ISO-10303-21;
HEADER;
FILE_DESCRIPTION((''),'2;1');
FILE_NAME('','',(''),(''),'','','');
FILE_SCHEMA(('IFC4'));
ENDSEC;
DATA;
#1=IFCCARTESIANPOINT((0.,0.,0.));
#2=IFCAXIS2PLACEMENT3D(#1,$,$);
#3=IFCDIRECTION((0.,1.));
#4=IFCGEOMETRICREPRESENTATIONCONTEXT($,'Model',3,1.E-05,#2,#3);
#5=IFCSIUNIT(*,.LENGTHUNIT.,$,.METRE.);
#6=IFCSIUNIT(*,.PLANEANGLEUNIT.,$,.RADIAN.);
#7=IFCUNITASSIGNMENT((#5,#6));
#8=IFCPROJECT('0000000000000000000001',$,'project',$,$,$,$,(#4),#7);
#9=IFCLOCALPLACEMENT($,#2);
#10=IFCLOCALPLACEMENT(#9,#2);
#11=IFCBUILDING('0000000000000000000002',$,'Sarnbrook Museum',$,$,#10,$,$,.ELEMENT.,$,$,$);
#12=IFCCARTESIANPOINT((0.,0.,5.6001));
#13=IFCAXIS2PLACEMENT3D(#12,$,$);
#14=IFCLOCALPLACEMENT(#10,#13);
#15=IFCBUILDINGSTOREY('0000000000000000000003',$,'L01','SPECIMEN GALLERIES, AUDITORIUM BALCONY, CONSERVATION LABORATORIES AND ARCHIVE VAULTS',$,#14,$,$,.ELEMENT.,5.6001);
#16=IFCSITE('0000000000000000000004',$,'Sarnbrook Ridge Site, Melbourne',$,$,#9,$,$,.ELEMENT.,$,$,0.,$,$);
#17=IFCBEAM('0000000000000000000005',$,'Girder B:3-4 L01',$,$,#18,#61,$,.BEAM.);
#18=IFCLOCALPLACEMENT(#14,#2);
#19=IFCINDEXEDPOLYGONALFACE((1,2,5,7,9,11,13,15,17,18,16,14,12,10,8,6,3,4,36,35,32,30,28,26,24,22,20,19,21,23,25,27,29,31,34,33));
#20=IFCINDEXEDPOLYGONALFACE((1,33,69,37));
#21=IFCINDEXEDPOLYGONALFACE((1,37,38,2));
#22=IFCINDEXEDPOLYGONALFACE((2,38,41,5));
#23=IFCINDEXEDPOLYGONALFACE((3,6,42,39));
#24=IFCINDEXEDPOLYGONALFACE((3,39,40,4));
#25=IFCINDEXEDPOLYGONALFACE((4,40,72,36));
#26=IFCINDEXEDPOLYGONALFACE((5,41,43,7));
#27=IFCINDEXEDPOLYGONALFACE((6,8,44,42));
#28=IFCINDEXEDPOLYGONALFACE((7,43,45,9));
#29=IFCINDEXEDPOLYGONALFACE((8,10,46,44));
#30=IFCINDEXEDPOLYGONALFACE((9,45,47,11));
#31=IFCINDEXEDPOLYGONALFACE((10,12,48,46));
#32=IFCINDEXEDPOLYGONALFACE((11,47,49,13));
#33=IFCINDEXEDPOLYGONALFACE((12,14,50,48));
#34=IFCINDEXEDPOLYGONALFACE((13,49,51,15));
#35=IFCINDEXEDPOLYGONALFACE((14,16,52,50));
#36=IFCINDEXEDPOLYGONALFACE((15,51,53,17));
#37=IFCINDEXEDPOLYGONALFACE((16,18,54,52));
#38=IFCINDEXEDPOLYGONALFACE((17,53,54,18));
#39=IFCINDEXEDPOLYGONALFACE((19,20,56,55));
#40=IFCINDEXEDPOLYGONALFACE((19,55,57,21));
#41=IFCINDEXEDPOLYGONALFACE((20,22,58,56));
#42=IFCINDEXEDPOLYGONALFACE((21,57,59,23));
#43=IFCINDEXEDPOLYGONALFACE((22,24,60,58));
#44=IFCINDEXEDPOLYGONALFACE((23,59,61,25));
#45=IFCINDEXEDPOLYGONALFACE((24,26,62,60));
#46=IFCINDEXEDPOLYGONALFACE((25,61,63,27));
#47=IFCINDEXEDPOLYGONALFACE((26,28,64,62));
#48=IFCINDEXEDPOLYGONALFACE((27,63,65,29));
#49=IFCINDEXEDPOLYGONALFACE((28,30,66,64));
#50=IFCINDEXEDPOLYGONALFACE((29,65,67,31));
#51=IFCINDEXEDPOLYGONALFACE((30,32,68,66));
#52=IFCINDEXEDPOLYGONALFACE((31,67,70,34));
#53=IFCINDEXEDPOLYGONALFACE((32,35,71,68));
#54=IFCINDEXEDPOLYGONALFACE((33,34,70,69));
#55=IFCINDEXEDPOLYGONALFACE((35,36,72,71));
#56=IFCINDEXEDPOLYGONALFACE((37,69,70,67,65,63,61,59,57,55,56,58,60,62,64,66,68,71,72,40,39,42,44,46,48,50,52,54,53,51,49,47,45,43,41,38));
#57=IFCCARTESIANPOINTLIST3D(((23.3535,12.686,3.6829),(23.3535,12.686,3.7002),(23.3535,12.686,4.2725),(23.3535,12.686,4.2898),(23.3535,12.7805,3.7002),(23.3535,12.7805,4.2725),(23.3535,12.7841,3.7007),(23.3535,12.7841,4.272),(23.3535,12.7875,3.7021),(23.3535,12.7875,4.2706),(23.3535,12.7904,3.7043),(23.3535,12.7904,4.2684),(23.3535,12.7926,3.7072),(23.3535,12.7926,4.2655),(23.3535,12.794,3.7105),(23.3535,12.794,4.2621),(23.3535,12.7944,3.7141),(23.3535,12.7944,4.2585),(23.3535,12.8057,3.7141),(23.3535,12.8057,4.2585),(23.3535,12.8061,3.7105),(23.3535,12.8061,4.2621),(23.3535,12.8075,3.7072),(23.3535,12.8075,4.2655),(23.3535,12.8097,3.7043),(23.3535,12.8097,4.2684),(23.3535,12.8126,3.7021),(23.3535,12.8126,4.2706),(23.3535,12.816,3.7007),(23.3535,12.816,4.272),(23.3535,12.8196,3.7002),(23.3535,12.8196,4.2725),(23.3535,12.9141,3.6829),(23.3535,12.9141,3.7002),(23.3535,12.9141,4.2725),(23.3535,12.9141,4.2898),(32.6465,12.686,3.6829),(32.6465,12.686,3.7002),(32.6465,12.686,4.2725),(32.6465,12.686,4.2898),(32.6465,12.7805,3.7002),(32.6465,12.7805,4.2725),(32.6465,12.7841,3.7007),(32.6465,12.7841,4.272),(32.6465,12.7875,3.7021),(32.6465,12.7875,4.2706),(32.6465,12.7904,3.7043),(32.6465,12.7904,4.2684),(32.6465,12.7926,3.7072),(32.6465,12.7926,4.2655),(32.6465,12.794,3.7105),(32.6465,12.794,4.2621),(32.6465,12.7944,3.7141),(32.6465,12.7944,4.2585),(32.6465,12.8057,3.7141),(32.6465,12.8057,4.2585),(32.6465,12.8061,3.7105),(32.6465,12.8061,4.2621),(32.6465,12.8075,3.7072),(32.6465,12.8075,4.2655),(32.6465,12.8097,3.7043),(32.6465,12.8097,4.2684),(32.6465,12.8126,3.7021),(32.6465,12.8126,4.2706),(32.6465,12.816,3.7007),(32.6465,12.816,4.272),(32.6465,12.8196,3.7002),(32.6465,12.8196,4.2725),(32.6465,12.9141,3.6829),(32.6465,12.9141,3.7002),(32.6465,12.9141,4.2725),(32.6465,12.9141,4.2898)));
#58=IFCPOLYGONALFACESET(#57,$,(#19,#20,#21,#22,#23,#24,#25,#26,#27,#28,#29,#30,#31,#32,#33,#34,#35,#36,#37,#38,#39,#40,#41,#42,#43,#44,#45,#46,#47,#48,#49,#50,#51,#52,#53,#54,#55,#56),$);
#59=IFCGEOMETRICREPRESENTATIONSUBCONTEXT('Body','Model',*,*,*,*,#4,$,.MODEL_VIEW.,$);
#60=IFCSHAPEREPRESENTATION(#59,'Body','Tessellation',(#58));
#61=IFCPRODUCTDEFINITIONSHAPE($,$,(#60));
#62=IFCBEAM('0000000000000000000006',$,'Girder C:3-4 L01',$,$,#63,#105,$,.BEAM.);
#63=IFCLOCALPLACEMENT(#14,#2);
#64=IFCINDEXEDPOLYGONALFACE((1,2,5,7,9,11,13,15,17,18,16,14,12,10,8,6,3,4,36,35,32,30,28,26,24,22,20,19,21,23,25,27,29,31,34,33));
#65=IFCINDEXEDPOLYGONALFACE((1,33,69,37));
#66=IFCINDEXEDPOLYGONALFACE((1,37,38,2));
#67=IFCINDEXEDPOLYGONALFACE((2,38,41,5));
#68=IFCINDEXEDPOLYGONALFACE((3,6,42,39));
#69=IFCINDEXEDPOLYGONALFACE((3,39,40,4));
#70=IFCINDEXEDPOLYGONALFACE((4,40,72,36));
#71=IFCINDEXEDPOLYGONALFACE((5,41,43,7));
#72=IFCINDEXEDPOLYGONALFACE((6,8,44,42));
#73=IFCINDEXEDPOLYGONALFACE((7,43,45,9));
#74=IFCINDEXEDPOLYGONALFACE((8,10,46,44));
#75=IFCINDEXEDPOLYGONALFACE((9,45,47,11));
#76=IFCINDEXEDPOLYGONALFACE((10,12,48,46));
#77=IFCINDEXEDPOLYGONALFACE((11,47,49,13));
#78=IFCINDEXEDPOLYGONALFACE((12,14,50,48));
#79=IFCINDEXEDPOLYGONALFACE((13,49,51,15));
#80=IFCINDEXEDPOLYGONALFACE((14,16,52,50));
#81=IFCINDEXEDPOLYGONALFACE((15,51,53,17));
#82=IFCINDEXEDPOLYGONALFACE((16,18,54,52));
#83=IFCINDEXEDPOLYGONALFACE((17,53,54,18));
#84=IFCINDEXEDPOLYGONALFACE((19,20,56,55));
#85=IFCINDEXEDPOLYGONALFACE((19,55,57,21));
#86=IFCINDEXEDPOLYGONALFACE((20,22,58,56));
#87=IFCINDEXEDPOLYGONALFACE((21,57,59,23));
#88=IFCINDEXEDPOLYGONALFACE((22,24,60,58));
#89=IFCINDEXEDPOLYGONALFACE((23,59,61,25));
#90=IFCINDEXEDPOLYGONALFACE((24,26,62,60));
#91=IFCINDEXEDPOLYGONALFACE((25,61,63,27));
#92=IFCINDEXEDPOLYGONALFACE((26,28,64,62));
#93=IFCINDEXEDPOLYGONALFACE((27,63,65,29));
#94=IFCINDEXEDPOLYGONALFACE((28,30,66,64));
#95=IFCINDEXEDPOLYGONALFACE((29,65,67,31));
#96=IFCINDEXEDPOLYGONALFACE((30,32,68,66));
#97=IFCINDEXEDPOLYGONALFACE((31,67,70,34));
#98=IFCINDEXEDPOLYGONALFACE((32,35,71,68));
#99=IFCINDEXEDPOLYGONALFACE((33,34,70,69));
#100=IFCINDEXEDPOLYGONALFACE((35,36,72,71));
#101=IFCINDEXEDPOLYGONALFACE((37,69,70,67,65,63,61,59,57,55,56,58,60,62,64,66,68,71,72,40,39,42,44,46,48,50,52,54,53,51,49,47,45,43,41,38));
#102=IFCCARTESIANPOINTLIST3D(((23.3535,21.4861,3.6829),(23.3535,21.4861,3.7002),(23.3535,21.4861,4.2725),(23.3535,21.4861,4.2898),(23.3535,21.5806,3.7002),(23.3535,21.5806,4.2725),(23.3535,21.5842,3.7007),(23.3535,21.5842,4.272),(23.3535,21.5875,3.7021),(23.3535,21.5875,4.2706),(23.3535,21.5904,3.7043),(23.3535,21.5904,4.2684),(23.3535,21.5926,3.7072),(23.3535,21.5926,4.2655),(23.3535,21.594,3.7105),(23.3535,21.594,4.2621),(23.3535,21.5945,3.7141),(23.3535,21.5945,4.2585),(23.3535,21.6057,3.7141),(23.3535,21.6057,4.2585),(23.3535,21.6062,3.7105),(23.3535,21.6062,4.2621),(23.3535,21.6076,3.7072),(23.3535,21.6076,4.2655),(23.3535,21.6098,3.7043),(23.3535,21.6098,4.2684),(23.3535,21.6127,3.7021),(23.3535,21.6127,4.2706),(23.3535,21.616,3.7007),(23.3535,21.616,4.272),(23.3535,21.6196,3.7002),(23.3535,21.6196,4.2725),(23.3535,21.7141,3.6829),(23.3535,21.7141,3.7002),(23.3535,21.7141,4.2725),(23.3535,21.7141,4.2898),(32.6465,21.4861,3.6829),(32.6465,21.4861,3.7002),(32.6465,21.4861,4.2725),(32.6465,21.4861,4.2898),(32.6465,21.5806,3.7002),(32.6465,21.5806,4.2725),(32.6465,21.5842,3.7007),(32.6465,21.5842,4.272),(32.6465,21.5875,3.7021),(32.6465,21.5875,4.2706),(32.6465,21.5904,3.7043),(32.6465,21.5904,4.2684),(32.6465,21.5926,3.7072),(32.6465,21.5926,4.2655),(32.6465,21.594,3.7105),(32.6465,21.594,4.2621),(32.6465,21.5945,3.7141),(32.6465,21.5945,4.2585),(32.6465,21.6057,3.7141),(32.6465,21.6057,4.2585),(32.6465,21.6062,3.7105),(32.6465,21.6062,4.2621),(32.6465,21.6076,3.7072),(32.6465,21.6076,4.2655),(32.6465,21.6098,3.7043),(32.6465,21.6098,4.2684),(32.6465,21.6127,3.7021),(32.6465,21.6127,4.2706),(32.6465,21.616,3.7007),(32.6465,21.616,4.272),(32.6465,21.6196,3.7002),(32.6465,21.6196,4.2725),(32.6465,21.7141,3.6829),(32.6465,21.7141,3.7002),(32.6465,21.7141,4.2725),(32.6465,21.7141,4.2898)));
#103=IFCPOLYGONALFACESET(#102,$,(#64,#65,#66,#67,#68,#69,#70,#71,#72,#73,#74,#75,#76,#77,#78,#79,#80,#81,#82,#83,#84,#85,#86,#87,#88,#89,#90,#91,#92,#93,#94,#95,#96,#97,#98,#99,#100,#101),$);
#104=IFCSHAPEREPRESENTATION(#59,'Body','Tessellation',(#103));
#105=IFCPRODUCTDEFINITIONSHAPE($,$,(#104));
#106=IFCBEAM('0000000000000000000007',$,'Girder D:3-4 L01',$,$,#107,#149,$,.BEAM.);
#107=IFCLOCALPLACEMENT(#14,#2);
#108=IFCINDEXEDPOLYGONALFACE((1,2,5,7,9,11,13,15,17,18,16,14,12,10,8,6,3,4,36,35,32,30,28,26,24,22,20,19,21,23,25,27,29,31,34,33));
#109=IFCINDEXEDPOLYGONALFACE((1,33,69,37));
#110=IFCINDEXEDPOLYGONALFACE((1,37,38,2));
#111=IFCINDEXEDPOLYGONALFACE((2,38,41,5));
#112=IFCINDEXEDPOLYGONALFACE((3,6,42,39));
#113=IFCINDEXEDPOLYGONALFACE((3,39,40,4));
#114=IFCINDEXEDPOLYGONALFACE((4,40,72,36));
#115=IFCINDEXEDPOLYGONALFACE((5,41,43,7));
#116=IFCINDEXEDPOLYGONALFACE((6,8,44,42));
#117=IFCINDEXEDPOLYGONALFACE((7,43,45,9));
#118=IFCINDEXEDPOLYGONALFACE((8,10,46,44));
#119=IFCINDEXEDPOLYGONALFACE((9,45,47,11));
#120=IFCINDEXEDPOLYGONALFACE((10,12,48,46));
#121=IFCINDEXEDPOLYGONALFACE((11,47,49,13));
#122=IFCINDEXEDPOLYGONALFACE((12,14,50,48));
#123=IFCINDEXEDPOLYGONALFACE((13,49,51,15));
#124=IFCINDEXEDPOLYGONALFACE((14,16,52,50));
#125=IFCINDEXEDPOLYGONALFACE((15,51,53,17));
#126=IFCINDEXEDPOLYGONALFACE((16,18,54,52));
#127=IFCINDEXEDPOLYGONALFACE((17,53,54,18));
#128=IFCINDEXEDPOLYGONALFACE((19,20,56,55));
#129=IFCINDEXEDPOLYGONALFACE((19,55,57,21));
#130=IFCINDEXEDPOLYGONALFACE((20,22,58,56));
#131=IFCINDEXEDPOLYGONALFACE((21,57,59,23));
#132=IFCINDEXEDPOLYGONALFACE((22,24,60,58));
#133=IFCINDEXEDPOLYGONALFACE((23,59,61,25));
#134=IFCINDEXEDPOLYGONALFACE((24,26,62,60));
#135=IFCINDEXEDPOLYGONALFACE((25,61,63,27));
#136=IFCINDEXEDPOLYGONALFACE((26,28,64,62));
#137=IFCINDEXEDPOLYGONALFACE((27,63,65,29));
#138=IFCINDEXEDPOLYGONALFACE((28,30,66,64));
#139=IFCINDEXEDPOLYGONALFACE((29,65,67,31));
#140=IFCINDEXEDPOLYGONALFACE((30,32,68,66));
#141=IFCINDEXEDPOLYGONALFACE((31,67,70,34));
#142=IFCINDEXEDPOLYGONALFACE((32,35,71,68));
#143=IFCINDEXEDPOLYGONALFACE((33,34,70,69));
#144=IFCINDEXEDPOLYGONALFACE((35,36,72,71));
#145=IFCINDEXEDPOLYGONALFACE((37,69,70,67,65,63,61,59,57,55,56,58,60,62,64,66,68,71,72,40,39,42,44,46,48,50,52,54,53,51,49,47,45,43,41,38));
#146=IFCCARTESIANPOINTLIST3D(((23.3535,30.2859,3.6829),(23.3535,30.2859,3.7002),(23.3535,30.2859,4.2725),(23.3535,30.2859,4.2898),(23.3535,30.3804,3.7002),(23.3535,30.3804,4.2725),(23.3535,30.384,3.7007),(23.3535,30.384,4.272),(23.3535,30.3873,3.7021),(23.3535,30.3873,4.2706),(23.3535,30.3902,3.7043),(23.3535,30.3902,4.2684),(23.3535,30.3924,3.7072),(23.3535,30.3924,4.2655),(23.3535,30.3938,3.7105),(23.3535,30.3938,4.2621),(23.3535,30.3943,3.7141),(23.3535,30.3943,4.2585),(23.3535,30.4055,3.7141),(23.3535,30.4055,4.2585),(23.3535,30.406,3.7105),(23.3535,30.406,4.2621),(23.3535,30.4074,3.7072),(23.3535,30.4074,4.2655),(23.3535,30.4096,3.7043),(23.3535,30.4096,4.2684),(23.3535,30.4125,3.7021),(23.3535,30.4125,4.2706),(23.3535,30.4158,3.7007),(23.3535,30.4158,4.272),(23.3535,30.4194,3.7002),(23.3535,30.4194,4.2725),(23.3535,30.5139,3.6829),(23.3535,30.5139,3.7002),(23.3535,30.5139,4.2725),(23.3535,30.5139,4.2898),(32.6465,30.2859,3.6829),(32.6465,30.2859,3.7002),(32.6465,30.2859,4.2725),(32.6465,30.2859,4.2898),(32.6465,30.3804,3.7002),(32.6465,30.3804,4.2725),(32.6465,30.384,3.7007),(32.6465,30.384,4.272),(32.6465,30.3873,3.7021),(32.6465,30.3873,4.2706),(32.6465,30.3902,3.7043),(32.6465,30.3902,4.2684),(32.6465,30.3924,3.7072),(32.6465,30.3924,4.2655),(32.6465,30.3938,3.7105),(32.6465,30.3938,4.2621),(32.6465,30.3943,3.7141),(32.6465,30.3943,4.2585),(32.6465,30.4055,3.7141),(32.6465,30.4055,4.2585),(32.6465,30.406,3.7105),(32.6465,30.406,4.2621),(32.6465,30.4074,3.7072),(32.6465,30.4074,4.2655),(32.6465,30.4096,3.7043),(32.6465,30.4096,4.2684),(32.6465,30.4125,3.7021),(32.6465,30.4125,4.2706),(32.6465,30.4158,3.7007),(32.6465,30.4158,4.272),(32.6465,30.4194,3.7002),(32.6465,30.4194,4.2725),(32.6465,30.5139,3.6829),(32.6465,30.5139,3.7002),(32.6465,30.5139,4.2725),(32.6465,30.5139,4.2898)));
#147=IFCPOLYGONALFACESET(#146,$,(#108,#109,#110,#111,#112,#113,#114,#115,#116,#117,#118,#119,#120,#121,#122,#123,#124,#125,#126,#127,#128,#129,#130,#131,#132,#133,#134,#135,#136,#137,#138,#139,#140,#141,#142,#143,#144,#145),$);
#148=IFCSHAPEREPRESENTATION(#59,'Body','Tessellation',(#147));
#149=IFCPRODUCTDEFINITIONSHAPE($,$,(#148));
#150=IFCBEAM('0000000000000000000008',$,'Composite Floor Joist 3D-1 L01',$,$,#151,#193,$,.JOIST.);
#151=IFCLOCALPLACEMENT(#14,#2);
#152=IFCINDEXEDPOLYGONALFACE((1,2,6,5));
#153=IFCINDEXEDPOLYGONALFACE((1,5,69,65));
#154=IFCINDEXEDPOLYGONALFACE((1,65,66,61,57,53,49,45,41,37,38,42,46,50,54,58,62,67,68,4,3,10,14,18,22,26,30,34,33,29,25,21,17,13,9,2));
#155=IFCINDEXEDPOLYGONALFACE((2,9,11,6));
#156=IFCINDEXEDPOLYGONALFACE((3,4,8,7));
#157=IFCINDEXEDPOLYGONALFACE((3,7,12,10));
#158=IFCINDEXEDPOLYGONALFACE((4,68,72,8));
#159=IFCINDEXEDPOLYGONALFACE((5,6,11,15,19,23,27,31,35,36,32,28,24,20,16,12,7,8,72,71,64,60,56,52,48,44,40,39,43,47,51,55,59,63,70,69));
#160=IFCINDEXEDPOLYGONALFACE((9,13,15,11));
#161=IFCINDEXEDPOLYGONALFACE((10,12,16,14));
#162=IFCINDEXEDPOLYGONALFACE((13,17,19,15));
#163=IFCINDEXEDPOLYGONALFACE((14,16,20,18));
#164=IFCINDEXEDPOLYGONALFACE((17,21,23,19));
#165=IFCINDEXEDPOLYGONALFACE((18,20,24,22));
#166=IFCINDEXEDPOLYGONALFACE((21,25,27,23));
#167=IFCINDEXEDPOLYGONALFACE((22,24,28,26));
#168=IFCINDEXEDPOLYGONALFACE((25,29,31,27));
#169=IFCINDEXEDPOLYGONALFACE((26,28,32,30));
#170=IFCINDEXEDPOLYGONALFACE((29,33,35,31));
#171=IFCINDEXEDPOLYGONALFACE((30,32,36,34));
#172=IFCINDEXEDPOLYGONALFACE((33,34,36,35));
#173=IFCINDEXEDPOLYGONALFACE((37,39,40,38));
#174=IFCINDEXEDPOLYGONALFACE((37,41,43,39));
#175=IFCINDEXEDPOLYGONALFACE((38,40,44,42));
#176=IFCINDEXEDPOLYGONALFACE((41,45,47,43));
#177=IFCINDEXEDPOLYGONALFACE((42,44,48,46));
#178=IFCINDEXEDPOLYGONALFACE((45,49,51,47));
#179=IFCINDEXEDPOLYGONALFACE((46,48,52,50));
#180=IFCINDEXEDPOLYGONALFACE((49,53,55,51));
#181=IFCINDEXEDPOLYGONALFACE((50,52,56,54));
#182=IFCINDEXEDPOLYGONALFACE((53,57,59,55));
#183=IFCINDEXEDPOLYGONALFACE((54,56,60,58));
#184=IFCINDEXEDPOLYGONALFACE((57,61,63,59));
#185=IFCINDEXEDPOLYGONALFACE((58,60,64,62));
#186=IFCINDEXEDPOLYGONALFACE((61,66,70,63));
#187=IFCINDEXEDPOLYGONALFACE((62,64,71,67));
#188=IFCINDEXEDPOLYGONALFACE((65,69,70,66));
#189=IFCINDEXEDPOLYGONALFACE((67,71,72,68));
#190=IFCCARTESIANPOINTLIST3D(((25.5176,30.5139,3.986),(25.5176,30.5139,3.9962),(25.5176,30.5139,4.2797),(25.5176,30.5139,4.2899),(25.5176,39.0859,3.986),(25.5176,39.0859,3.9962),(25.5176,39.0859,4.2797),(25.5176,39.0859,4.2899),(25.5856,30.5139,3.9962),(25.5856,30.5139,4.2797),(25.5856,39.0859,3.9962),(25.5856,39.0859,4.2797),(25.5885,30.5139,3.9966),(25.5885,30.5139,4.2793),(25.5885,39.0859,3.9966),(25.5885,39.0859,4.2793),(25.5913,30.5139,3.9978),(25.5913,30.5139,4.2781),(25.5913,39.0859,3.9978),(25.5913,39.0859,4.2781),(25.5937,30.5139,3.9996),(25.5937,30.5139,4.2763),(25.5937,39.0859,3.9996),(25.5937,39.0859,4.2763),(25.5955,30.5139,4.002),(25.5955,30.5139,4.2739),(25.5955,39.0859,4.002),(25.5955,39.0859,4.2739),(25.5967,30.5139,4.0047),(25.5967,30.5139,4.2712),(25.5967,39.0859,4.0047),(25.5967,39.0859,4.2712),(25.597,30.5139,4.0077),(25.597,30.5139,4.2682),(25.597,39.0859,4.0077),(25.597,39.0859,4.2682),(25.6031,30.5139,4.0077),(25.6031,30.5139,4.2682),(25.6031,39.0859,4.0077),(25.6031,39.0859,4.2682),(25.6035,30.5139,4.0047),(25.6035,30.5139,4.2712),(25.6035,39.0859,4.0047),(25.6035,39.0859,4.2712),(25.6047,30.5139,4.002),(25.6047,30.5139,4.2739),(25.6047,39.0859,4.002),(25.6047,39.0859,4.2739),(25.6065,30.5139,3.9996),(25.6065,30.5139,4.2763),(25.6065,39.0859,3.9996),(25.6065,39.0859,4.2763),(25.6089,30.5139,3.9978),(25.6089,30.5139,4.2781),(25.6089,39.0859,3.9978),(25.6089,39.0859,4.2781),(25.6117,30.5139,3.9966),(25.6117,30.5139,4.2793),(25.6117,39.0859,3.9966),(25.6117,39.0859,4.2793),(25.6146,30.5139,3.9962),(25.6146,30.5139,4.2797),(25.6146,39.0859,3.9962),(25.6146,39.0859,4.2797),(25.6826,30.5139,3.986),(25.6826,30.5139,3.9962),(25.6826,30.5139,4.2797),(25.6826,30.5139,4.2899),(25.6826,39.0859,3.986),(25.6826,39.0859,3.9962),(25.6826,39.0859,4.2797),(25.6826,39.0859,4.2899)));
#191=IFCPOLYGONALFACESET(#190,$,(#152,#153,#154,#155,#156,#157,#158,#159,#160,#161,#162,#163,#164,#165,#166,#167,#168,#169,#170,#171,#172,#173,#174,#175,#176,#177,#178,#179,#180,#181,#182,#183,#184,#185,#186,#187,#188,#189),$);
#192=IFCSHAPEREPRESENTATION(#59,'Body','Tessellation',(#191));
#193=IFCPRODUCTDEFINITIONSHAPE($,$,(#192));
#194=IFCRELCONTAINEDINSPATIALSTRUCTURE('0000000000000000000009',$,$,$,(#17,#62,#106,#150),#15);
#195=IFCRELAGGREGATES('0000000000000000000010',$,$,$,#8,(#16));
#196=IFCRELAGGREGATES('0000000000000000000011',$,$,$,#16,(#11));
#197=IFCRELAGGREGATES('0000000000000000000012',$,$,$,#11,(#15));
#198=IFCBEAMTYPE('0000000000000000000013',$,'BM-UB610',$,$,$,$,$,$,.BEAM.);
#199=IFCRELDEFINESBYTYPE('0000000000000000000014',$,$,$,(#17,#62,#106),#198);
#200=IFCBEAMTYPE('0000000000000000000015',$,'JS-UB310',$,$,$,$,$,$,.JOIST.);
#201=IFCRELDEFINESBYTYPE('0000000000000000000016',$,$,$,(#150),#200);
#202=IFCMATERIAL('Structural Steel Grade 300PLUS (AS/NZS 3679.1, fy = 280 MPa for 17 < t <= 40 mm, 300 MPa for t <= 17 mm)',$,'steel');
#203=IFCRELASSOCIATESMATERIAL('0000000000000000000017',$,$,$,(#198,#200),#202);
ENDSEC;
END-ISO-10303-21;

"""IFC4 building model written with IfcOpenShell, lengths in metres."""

from ifc_helpers import new_model, si_unit, direction, frame, origin, origin_2d, place, context, subcontext, project, spatial, i_section, extrude, material, material_profile, profile_set, type_object, element, save


model = new_model("IFC4")

# Units and contexts
model_context = context("Model", 3, precision=1e-05, world=origin(), true_north=direction((0.0, 1.0)))
body_context = subcontext(model_context, "Body", "Model", "MODEL_VIEW")
ifc_project = project(units=[si_unit("LENGTHUNIT", "METRE"), si_unit("PLANEANGLEUNIT", "RADIAN")], contexts=[model_context])

# Site, building, storey
site_placement = place(None, origin())
site = spatial("IfcSite", under=ifc_project, at=site_placement, Name="Sarnbrook Ridge Site, Melbourne", CompositionType="ELEMENT", RefElevation=0.0)
building_placement = place(site_placement, origin())
building = spatial("IfcBuilding", under=site, at=building_placement, Name="Sarnbrook Museum", CompositionType="ELEMENT")
storey_placement = place(building_placement, frame((0.0, 0.0, 5.6001)))
storey = spatial("IfcBuildingStorey", under=building, at=storey_placement, Name="L01", Description="SPECIMEN GALLERIES, AUDITORIUM BALCONY, CONSERVATION LABORATORIES AND ARCHIVE VAULTS", CompositionType="ELEMENT", Elevation=5.6001)

# Shared definitions
ifc_material_1 = material(Name="Structural Steel Grade 300PLUS (AS/NZS 3679.1, fy = 280 MPa for 17 < t <= 40 mm, 300 MPa for t <= 17 mm)", Category="steel")

# Beams
ifc_material_profile_1 = material_profile(ifc_material_1, i_section(OverallWidth=0.228, OverallDepth=0.6069, WebThickness=0.0112, FlangeThickness=0.0173, FilletRadius=0.0139, at=origin_2d()), Name="610UB113")
ifc_profile_set_1 = profile_set([ifc_material_profile_1], Name="Structural Steel Grade 300PLUS (AS/NZS 3679.1, fy = 280 MPa for 17 < t <= 40 mm, 300 MPa for t <= 17 mm)")
beam_type_1 = type_object("IfcBeamType", Name="BM-UB610", PredefinedType="BEAM", material=ifc_profile_set_1)
for number, where, z_axis, x_axis, name in (
    (1, (23.3535, 12.8, 3.9863), (1.0, 0.0, 0.0), (0.0, 1.0, 0.0), "Girder B:3-4 L01"),
    (2, (23.3535, 21.6001, 3.9863), (1.0, 0.0, 0.0), (0.0, 1.0, 0.0), "Girder C:3-4 L01"),
    (3, (23.3535, 30.3999, 3.9863), (1.0, 0.0, 0.0), (0.0, 1.0, 0.0), "Girder D:3-4 L01"),
):
    element("IfcBeam", number, at=place(storey_placement, frame(where, z_axis=z_axis, x_axis=x_axis)), inside=storey, type_object=beam_type_1, Name=name, PredefinedType="BEAM", context=body_context, shape_type="SweptSolid", body=[
        extrude(i_section(OverallWidth=0.228, OverallDepth=0.6069, WebThickness=0.0112, FlangeThickness=0.0173, FilletRadius=0.0139, at=origin_2d()), origin(), (0.0, 0.0, 1.0), 9.293),
    ])
ifc_material_profile_2 = material_profile(ifc_material_1, i_section(OverallWidth=0.165, OverallDepth=0.304, WebThickness=0.0061, FlangeThickness=0.0103, FilletRadius=0.0115, at=origin_2d()), Name="310UB40.4")
ifc_profile_set_2 = profile_set([ifc_material_profile_2], Name="Structural Steel Grade 300PLUS (AS/NZS 3679.1, fy = 280 MPa for 17 < t <= 40 mm, 300 MPa for t <= 17 mm)")
beam_type_2 = type_object("IfcBeamType", Name="JS-UB310", PredefinedType="JOIST", material=ifc_profile_set_2)
for number, where, z_axis, x_axis, name in (
    (4, (25.6001, 30.5139, 4.1379), (0.0, 1.0, 0.0), (-1.0, 0.0, 0.0), "Composite Floor Joist 3D-1 L01"),
):
    element("IfcBeam", number, at=place(storey_placement, frame(where, z_axis=z_axis, x_axis=x_axis)), inside=storey, type_object=beam_type_2, Name=name, PredefinedType="JOIST", context=body_context, shape_type="SweptSolid", body=[
        extrude(i_section(OverallWidth=0.165, OverallDepth=0.304, WebThickness=0.0061, FlangeThickness=0.0103, FilletRadius=0.0115, at=origin_2d()), origin(), (0.0, 0.0, 1.0), 8.572),
    ])

save(model, "model.ifc")
